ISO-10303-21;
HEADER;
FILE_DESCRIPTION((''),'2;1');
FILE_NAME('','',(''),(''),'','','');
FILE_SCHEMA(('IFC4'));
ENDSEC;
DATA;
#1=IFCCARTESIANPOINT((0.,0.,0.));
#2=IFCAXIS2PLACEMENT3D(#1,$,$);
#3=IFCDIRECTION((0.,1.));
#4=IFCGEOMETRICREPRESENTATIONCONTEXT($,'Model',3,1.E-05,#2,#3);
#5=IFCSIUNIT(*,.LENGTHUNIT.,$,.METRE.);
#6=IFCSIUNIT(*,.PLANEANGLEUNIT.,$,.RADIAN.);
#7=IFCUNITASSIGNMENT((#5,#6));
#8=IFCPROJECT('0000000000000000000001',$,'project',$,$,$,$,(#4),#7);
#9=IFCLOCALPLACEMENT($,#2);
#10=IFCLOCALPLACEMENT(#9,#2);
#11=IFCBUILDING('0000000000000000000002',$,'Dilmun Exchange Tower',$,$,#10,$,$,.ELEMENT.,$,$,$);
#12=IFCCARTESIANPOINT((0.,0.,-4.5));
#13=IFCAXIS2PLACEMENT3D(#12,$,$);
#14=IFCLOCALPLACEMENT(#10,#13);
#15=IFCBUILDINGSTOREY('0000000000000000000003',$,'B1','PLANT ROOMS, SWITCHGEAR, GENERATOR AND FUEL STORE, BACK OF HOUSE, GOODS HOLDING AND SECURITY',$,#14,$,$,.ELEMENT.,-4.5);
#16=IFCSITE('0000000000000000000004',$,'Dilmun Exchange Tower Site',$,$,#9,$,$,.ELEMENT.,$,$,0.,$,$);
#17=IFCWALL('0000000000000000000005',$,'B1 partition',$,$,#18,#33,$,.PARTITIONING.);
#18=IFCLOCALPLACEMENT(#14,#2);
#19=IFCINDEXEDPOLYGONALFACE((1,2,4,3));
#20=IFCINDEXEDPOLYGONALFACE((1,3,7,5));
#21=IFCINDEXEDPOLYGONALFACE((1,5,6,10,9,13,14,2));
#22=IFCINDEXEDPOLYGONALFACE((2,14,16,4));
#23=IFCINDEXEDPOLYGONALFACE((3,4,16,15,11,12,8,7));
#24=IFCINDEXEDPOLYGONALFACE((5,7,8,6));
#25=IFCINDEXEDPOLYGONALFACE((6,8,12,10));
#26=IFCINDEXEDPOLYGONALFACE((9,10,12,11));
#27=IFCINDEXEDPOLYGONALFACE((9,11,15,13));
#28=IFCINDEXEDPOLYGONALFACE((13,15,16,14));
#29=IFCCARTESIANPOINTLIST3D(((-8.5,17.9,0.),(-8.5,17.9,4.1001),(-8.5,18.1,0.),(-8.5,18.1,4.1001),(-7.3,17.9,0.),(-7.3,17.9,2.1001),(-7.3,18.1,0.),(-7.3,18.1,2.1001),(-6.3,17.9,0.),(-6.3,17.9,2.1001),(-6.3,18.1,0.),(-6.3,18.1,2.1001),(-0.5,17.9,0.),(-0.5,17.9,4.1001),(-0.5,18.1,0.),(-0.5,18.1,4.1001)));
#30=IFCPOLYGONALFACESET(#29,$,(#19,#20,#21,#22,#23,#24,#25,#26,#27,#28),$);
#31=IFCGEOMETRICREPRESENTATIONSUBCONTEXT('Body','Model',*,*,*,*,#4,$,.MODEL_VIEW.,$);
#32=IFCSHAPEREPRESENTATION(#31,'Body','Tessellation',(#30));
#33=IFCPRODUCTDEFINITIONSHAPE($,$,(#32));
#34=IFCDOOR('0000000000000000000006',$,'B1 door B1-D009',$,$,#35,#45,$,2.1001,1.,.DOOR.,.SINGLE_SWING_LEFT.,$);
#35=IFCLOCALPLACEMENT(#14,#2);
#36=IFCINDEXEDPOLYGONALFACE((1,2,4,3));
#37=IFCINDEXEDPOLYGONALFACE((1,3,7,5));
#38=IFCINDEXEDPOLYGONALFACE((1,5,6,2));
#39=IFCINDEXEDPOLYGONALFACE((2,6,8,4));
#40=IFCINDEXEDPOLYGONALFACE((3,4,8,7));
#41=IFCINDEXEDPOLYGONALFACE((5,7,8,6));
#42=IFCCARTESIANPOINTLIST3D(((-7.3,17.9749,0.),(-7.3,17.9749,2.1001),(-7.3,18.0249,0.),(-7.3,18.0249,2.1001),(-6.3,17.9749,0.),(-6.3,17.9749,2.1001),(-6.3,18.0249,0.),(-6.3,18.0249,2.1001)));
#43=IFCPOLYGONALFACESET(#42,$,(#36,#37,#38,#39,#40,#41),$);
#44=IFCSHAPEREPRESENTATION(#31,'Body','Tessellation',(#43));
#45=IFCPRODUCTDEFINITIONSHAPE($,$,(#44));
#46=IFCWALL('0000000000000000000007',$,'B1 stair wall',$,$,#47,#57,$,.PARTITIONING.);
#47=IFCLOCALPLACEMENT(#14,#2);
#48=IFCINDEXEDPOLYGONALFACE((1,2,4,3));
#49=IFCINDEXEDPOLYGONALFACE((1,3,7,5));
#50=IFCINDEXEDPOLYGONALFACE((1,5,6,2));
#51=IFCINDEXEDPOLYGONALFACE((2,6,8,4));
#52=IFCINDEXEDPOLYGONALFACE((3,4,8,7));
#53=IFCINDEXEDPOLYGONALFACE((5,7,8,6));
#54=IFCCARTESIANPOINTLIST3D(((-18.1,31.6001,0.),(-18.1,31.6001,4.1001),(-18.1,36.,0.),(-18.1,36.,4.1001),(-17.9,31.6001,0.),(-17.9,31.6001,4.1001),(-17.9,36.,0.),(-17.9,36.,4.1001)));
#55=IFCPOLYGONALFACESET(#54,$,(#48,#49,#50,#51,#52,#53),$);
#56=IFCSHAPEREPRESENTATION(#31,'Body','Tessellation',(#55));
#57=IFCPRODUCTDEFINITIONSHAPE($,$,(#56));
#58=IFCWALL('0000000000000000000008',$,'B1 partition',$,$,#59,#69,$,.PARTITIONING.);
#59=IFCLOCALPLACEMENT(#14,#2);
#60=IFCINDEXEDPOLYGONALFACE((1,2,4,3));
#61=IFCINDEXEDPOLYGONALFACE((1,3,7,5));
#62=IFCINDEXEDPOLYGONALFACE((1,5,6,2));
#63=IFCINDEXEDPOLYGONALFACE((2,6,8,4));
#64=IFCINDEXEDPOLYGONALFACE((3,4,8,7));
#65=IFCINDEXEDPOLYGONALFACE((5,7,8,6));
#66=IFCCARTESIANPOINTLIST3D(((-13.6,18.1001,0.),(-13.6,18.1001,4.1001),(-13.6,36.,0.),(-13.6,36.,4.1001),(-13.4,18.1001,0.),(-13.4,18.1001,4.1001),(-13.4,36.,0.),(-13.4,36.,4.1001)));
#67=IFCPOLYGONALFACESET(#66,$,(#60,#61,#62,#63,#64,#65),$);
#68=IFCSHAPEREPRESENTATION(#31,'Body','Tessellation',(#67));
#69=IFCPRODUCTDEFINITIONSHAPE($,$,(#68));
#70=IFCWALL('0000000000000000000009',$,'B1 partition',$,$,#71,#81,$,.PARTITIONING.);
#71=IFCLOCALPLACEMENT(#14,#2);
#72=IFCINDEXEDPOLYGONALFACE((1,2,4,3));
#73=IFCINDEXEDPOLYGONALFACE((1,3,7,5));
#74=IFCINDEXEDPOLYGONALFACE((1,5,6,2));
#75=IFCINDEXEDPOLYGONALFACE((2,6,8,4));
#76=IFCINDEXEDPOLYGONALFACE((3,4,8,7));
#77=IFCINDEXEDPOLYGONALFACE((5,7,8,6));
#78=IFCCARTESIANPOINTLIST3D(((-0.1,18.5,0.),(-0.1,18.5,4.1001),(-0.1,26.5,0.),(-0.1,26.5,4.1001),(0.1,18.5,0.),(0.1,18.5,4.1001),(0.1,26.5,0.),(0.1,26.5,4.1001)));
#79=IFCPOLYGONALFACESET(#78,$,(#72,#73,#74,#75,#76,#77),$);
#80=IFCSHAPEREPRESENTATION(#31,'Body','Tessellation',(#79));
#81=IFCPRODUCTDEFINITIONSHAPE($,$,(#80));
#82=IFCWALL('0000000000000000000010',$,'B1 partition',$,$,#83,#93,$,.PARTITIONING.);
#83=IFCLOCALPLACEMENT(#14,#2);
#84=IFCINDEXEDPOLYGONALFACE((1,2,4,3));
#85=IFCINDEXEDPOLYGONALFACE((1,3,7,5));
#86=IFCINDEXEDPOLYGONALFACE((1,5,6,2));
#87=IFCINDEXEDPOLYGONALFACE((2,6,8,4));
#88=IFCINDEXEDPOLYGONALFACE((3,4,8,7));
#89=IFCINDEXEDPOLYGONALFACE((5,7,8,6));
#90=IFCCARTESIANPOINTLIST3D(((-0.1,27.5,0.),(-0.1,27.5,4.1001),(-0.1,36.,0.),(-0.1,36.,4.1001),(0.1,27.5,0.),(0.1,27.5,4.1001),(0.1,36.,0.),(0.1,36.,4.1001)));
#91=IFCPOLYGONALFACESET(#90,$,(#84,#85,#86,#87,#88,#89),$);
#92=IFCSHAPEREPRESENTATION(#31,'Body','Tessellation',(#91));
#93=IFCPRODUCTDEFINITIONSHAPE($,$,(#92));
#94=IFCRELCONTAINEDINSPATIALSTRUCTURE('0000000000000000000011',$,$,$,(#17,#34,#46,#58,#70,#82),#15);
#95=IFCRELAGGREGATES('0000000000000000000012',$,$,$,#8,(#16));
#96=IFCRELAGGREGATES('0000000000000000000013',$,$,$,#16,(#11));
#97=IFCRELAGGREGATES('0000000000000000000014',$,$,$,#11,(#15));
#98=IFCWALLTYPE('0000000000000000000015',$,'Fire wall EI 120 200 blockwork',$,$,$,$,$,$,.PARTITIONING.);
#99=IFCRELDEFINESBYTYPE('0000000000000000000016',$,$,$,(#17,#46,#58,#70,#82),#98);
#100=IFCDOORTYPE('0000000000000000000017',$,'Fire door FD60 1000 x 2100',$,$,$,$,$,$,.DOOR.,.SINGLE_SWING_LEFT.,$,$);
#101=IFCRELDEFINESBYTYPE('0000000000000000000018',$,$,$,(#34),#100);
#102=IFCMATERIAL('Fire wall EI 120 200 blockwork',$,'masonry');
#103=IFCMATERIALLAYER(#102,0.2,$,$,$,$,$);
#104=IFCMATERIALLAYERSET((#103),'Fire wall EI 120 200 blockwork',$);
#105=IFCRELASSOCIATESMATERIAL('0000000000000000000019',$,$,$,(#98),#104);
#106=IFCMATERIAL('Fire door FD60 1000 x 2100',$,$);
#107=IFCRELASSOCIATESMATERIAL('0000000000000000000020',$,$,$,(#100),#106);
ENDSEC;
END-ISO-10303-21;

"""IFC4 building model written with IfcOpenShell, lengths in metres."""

from ifc_helpers import new_model, si_unit, direction, frame, frame_2d, origin, place, context, subcontext, project, spatial, rectangle, extrude, material, layer, layer_set, type_object, element, fill, save


model = new_model("IFC4")

# Units and contexts
model_context = context("Model", 3, precision=1e-05, world=origin(), true_north=direction((0.0, 1.0)))
body_context = subcontext(model_context, "Body", "Model", "MODEL_VIEW")
ifc_project = project(units=[si_unit("LENGTHUNIT", "METRE"), si_unit("PLANEANGLEUNIT", "RADIAN")], contexts=[model_context])

# Site, building, storey
site_placement = place(None, origin())
site = spatial("IfcSite", under=ifc_project, at=site_placement, Name="Dilmun Exchange Tower Site", CompositionType="ELEMENT", RefElevation=0.0)
building_placement = place(site_placement, origin())
building = spatial("IfcBuilding", under=site, at=building_placement, Name="Dilmun Exchange Tower", CompositionType="ELEMENT")
storey_placement = place(building_placement, frame((0.0, 0.0, -4.5)))
storey = spatial("IfcBuildingStorey", under=building, at=storey_placement, Name="B1", Description="PLANT ROOMS, SWITCHGEAR, GENERATOR AND FUEL STORE, BACK OF HOUSE, GOODS HOLDING AND SECURITY", CompositionType="ELEMENT", Elevation=-4.5)

# Shared definitions
ifc_material_1 = material(Name="Fire wall EI 120 200 blockwork", Category="masonry")
ifc_layer_1 = layer(ifc_material_1, 0.2)
ifc_layer_set_1 = layer_set([ifc_layer_1], Name="Fire wall EI 120 200 blockwork")
wall_type_1 = type_object("IfcWallType", Name="Fire wall EI 120 200 blockwork", PredefinedType="PARTITIONING", material=ifc_layer_set_1)

# Wall, opening, door
wall_1_placement = place(storey_placement, frame((-8.5, 18.0, 0.0), z_axis=(0.0, 0.0, 1.0), x_axis=(1.0, 0.0, 0.0)))
wall_1 = element("IfcWall", 1, at=wall_1_placement, inside=storey, type_object=wall_type_1, Name="B1 partition", PredefinedType="PARTITIONING", context=body_context, shape_type="SweptSolid", body=[
    extrude(rectangle(XDim=8.0, YDim=0.2, at=frame_2d((4.0, 0.0))), origin(), (0.0, 0.0, 1.0), 4.1001),
])
opening_1_placement = place(wall_1_placement, frame((1.2, 0.0, 0.0)))
opening_1 = element("IfcOpeningElement", 2, at=opening_1_placement, cuts=wall_1, PredefinedType="OPENING", context=body_context, shape_type="SweptSolid", body=[
    extrude(rectangle(XDim=1.0, YDim=2.1001, at=frame_2d((0.5, 1.05))), frame((0.0, 0.1099, 0.0), z_axis=(0.0, -1.0, 0.0), x_axis=(1.0, 0.0, 0.0)), (0.0, 0.0, 1.0), 0.22),
])
ifc_material_2 = material(Name="Fire door FD60 1000 x 2100")
door_type_1 = type_object("IfcDoorType", Name="Fire door FD60 1000 x 2100", OperationType="SINGLE_SWING_LEFT", PredefinedType="DOOR", material=ifc_material_2)
door_1_placement = place(opening_1_placement, origin())
door_1 = element("IfcDoor", 3, at=door_1_placement, inside=storey, type_object=door_type_1, Name="B1 door B1-D009", OperationType="SINGLE_SWING_LEFT", OverallHeight=2.1001, OverallWidth=1.0, PredefinedType="DOOR", context=body_context, shape_type="SweptSolid", body=[
    extrude(rectangle(XDim=1.0, YDim=2.1001, at=frame_2d((0.5, 1.05))), frame((0.0, 0.0249, 0.0), z_axis=(0.0, -1.0, 0.0), x_axis=(1.0, 0.0, 0.0)), (0.0, 0.0, 1.0), 0.05),
])
fill(opening_1, door_1)

# Walls
wall_2_placement = place(storey_placement, frame((-18.0, 31.6001, 0.0), z_axis=(0.0, 0.0, 1.0), x_axis=(0.0, 1.0, 0.0)))
element("IfcWall", 4, at=wall_2_placement, inside=storey, type_object=wall_type_1, Name="B1 stair wall", PredefinedType="PARTITIONING", context=body_context, shape_type="SweptSolid", body=[
    extrude(rectangle(XDim=4.3999, YDim=0.2, at=frame_2d((2.2, 0.0))), origin(), (0.0, 0.0, 1.0), 4.1001),
])
wall_3_placement = place(storey_placement, frame((-13.5, 18.1001, 0.0), z_axis=(0.0, 0.0, 1.0), x_axis=(0.0, 1.0, 0.0)))
element("IfcWall", 5, at=wall_3_placement, inside=storey, type_object=wall_type_1, Name="B1 partition", PredefinedType="PARTITIONING", context=body_context, shape_type="SweptSolid", body=[
    extrude(rectangle(XDim=17.8999, YDim=0.2, at=frame_2d((8.95, 0.0))), origin(), (0.0, 0.0, 1.0), 4.1001),
])
wall_4_placement = place(storey_placement, frame((0.0, 18.5, 0.0), z_axis=(0.0, 0.0, 1.0), x_axis=(0.0, 1.0, 0.0)))
element("IfcWall", 6, at=wall_4_placement, inside=storey, type_object=wall_type_1, Name="B1 partition", PredefinedType="PARTITIONING", context=body_context, shape_type="SweptSolid", body=[
    extrude(rectangle(XDim=8.0, YDim=0.2, at=frame_2d((4.0, 0.0))), origin(), (0.0, 0.0, 1.0), 4.1001),
])
wall_5_placement = place(storey_placement, frame((0.0, 27.5, 0.0), z_axis=(0.0, 0.0, 1.0), x_axis=(0.0, 1.0, 0.0)))
element("IfcWall", 7, at=wall_5_placement, inside=storey, type_object=wall_type_1, Name="B1 partition", PredefinedType="PARTITIONING", context=body_context, shape_type="SweptSolid", body=[
    extrude(rectangle(XDim=8.5, YDim=0.2, at=frame_2d((4.25, 0.0))), origin(), (0.0, 0.0, 1.0), 4.1001),
])

save(model, "model.ifc")
